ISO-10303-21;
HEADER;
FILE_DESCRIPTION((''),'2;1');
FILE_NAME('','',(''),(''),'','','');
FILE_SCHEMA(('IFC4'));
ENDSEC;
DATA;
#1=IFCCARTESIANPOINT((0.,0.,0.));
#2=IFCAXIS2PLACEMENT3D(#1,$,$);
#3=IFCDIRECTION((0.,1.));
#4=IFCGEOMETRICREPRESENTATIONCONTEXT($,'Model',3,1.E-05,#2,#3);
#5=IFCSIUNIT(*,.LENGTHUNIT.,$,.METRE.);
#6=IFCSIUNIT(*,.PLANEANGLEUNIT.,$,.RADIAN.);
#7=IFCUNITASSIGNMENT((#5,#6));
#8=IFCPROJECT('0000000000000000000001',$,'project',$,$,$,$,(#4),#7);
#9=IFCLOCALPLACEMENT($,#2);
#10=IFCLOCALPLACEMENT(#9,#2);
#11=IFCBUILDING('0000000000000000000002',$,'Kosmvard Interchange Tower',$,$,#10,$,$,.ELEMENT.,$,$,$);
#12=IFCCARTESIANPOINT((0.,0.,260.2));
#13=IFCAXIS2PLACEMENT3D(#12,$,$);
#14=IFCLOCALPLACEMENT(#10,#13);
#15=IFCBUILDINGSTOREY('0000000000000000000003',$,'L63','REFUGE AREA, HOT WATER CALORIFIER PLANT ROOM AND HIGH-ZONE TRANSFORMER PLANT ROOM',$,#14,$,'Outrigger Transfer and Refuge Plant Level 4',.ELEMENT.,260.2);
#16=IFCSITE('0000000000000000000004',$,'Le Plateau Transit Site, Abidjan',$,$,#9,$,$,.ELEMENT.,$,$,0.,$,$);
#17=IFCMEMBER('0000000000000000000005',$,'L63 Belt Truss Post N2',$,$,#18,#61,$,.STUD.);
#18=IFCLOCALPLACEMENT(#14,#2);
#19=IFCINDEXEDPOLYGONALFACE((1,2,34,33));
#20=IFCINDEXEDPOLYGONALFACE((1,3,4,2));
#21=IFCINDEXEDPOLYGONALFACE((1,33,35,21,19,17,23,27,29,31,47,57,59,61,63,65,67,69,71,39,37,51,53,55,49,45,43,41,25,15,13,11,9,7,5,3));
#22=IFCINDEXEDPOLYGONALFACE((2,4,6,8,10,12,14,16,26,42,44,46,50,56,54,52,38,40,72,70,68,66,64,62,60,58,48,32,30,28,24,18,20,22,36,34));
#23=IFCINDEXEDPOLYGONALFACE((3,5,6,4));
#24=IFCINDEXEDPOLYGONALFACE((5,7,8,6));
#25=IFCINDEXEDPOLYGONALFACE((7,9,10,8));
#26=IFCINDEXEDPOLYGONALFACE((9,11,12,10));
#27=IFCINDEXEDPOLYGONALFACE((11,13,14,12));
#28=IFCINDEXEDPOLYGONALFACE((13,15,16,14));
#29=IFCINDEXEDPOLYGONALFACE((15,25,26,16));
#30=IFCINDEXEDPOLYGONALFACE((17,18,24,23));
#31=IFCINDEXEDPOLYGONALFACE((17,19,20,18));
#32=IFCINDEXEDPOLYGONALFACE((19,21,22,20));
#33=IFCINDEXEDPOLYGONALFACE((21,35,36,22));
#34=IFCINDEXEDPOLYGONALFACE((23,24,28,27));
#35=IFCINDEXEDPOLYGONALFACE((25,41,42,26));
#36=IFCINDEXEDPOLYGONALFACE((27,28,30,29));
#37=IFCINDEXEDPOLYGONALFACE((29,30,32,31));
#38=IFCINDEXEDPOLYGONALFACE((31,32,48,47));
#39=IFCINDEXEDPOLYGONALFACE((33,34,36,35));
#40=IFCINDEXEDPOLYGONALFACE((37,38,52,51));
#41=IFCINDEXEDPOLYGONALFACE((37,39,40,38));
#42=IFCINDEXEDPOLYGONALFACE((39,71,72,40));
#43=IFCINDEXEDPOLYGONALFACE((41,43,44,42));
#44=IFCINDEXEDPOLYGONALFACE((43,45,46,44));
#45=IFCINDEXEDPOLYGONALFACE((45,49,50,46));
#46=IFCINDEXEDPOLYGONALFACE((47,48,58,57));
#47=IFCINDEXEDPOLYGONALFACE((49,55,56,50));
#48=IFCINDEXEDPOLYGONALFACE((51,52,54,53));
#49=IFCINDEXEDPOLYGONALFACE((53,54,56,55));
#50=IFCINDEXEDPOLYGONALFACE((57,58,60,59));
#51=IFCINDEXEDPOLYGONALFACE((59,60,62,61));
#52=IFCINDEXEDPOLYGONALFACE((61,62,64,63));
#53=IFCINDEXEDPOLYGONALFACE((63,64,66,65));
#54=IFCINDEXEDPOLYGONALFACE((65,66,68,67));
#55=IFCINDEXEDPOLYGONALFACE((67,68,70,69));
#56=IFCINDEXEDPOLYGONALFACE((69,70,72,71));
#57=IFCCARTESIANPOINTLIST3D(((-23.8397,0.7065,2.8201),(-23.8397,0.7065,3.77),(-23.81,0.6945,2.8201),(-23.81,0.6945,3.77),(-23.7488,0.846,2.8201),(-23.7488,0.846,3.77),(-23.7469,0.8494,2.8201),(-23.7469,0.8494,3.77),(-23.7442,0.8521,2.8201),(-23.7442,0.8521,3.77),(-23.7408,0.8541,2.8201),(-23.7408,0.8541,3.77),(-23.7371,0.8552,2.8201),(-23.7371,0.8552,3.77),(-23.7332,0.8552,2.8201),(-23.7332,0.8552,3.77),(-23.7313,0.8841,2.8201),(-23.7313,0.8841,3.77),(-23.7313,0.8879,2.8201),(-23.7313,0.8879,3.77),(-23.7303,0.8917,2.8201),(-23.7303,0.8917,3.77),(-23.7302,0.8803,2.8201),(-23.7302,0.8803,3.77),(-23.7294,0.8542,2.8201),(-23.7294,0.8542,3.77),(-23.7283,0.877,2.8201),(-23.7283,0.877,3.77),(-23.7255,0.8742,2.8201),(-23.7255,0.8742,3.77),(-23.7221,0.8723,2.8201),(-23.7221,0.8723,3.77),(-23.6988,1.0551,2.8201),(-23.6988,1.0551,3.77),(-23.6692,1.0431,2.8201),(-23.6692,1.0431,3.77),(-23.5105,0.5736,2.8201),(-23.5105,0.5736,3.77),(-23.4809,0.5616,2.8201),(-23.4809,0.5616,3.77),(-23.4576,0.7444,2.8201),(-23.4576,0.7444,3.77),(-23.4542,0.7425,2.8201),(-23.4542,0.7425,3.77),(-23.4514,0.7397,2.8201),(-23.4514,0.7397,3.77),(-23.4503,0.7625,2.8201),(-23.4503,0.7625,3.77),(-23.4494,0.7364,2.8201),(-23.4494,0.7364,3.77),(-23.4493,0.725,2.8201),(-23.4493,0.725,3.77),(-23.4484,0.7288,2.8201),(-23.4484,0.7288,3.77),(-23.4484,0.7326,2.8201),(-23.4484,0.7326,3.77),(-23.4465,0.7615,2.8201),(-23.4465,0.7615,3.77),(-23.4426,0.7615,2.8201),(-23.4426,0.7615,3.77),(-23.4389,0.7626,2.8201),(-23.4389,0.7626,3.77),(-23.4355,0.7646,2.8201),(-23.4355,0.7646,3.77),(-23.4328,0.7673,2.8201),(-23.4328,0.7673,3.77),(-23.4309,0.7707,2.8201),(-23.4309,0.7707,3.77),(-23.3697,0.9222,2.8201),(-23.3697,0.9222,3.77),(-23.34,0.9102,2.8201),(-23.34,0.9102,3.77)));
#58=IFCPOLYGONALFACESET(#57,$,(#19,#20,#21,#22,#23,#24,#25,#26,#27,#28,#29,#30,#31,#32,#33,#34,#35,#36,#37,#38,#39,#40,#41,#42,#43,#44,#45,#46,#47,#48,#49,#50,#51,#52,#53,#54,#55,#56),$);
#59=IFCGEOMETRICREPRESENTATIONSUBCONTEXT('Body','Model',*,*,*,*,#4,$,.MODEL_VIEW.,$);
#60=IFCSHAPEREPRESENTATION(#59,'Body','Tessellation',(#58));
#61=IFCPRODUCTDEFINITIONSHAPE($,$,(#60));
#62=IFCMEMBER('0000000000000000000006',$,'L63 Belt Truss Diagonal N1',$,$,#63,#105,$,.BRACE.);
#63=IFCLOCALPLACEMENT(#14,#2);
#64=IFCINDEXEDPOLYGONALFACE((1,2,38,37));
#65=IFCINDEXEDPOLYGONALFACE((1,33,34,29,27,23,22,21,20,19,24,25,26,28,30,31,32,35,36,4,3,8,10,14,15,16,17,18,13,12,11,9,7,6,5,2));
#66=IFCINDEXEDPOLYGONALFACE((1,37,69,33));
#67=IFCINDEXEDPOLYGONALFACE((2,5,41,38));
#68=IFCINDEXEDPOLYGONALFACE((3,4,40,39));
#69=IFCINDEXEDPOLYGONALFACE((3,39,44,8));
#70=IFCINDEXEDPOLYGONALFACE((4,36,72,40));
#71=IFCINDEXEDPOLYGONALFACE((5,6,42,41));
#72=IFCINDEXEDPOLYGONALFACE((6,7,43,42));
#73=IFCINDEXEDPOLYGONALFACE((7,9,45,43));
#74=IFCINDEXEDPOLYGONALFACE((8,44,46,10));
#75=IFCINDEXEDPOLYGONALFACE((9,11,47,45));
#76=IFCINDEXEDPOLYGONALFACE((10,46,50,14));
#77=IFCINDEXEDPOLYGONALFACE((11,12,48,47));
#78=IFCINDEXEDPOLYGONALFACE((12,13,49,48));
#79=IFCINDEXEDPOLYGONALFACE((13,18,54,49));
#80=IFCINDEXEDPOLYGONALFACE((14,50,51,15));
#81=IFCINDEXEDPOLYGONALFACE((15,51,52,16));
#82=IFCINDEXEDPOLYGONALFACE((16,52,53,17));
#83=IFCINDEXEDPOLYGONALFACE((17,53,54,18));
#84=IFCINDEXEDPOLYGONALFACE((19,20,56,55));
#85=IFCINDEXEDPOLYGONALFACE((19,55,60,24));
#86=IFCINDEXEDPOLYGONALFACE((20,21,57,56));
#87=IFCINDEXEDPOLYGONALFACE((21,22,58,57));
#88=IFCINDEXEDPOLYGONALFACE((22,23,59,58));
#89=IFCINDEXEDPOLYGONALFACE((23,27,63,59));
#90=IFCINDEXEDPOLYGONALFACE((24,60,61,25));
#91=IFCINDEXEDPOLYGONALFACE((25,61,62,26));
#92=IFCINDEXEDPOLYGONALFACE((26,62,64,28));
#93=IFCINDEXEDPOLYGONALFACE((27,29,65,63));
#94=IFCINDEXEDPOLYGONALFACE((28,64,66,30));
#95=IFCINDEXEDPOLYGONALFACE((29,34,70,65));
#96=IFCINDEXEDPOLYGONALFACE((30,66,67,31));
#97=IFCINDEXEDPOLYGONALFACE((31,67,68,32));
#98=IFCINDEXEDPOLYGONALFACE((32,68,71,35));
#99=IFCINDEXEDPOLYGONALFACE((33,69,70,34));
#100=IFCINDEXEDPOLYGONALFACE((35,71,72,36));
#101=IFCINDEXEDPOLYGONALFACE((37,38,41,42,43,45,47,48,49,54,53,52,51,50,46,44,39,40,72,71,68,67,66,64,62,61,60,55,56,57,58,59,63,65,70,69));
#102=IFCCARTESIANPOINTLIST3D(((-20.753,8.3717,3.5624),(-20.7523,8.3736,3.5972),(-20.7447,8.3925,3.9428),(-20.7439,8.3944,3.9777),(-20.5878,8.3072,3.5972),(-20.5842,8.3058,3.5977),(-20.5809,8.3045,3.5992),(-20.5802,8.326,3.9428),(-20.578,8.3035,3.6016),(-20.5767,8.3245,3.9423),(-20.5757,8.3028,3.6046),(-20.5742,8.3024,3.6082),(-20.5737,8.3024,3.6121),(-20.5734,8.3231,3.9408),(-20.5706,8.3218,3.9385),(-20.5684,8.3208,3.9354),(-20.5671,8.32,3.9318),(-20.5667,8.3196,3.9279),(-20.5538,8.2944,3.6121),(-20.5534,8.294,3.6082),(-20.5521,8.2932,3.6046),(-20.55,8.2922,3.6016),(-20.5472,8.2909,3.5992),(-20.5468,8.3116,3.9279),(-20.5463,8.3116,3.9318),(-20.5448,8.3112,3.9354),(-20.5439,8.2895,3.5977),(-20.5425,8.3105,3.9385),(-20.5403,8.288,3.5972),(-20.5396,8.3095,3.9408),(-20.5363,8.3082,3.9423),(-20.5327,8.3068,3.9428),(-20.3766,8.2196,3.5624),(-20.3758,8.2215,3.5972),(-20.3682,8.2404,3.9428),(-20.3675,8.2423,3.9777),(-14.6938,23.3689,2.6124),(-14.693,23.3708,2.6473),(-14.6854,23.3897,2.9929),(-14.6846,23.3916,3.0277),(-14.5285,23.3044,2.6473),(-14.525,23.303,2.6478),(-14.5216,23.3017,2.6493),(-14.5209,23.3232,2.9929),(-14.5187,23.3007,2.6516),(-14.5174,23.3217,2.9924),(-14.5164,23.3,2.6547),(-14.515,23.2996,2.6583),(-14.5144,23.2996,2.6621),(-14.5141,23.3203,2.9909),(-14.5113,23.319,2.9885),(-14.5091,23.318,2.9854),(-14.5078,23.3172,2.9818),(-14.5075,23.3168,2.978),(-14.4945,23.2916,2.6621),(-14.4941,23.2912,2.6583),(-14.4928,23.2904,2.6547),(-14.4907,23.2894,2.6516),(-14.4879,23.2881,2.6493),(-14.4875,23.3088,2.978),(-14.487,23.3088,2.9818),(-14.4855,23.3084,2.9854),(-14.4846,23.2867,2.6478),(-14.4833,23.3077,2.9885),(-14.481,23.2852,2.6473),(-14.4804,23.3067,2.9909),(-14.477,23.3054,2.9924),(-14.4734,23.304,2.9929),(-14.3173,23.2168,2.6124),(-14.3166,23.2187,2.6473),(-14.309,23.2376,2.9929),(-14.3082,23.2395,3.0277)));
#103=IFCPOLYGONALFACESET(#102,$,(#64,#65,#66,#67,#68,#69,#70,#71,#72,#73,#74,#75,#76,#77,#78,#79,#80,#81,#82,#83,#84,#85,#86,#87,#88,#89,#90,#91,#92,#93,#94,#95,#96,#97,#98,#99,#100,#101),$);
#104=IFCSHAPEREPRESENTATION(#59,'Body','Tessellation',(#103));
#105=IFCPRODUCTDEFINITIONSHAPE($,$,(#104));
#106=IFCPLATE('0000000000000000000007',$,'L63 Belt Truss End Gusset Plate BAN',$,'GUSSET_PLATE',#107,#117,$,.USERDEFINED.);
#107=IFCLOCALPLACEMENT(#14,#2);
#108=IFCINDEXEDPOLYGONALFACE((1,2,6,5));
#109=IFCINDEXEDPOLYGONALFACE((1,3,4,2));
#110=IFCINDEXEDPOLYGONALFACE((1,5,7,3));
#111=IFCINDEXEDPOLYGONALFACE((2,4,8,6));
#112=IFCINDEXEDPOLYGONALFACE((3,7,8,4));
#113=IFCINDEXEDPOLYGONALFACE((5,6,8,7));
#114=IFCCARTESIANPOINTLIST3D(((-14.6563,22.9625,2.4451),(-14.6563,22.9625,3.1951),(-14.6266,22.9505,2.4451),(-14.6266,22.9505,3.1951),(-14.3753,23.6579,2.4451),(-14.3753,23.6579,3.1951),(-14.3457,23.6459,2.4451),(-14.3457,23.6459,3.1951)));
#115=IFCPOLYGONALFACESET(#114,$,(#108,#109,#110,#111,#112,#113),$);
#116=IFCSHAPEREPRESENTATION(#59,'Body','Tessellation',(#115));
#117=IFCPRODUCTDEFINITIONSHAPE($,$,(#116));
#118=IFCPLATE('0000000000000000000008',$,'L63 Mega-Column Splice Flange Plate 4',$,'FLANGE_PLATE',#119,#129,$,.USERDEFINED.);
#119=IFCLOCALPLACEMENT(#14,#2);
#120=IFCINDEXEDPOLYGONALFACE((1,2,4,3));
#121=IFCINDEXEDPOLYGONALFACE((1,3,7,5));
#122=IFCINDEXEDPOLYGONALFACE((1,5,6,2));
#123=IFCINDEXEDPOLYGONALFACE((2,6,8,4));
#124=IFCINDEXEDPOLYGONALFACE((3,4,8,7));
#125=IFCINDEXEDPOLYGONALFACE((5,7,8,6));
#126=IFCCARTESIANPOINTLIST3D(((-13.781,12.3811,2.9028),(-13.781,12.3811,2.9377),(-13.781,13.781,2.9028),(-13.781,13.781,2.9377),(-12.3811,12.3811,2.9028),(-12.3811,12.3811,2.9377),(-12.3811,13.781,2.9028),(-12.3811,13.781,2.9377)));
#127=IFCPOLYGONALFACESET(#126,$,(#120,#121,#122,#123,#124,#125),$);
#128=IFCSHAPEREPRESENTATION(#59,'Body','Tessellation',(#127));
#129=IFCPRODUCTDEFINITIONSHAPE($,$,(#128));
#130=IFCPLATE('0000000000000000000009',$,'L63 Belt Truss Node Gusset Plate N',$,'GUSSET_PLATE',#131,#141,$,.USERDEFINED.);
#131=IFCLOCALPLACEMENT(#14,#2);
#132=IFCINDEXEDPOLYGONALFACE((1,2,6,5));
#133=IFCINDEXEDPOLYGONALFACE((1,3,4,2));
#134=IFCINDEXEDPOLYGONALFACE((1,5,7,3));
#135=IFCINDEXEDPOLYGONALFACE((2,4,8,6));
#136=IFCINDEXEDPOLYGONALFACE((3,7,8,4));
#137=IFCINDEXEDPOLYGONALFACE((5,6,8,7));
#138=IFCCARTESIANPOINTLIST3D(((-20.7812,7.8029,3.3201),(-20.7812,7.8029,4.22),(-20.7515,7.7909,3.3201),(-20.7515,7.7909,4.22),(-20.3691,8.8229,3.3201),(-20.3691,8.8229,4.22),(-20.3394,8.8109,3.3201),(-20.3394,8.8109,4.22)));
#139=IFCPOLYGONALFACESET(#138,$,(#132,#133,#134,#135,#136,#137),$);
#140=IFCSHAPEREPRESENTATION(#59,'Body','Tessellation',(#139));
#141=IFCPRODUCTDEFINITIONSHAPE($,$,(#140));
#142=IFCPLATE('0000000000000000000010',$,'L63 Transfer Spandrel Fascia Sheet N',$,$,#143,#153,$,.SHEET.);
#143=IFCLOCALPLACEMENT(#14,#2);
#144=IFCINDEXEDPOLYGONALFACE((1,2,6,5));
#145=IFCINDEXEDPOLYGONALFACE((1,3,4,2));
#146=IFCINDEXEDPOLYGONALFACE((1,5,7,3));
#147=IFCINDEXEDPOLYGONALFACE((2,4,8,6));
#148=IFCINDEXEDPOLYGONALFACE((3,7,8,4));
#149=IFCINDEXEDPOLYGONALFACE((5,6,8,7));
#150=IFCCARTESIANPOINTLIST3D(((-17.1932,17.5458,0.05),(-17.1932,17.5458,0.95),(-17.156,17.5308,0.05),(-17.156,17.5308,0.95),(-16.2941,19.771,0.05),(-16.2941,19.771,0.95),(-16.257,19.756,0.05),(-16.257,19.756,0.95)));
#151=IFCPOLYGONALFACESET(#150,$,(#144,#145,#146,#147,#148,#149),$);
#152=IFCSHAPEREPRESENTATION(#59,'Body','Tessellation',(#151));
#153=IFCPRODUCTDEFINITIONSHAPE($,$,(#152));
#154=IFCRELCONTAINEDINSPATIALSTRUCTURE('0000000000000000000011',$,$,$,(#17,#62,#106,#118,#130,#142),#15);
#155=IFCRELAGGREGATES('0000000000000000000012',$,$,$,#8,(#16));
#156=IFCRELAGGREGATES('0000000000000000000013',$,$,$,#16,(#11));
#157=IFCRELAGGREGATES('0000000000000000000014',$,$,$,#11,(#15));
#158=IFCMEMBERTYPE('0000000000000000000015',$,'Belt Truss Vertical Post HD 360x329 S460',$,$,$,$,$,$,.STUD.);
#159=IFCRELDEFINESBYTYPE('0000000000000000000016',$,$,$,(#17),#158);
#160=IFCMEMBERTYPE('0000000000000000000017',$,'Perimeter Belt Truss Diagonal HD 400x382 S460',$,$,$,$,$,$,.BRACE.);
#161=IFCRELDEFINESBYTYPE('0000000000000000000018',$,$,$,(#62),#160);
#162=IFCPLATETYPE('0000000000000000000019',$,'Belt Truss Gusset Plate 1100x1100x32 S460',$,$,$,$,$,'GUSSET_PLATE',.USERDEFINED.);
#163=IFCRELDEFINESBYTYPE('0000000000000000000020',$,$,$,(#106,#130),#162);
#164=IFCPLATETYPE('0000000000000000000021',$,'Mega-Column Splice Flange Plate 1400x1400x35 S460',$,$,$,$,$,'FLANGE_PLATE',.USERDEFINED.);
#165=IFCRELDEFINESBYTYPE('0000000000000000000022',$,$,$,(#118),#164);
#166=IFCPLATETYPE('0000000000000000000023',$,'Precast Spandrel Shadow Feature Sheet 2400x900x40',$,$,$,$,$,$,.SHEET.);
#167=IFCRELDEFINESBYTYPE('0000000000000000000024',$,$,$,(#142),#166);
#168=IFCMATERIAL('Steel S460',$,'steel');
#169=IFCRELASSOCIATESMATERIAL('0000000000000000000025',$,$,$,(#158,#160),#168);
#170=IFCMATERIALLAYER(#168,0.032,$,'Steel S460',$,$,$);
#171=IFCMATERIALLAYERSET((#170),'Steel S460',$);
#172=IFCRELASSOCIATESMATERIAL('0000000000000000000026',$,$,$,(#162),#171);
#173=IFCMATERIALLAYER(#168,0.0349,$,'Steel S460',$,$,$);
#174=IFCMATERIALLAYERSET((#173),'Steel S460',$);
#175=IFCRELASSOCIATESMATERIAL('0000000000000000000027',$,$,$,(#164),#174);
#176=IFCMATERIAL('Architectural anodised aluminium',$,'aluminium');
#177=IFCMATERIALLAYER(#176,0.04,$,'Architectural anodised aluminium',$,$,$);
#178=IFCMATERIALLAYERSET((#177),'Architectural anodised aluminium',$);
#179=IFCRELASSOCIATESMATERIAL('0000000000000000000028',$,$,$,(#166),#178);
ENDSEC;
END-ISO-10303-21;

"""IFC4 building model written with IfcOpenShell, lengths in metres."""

from ifc_helpers import new_model, si_unit, direction, frame, origin, origin_2d, place, context, subcontext, project, spatial, rectangle, i_section, extrude, source, transform, mapped, material, layer, layer_set, material_profile, profile_set, type_object, element, save


model = new_model("IFC4")

# Units and contexts
model_context = context("Model", 3, precision=1e-05, world=origin(), true_north=direction((0.0, 1.0)))
body_context = subcontext(model_context, "Body", "Model", "MODEL_VIEW")
ifc_project = project(units=[si_unit("LENGTHUNIT", "METRE"), si_unit("PLANEANGLEUNIT", "RADIAN")], contexts=[model_context])

# Site, building, storey
site_placement = place(None, origin())
site = spatial("IfcSite", under=ifc_project, at=site_placement, Name="Le Plateau Transit Site, Abidjan", CompositionType="ELEMENT", RefElevation=0.0)
building_placement = place(site_placement, origin())
building = spatial("IfcBuilding", under=site, at=building_placement, Name="Kosmvard Interchange Tower", CompositionType="ELEMENT")
storey_placement = place(building_placement, frame((0.0, 0.0, 260.2)))
storey = spatial("IfcBuildingStorey", under=building, at=storey_placement, Name="L63", Description="REFUGE AREA, HOT WATER CALORIFIER PLANT ROOM AND HIGH-ZONE TRANSFORMER PLANT ROOM", LongName="Outrigger Transfer and Refuge Plant Level 4", CompositionType="ELEMENT", Elevation=260.2)

# Members
ifc_material_1 = material(Name="Steel S460", Category="steel")
ifc_material_profile_1 = material_profile(ifc_material_1, i_section(OverallWidth=0.376, OverallDepth=0.387, WebThickness=0.0195, FlangeThickness=0.032, FilletRadius=0.0149, at=origin_2d()), Name="HD 360x329")
ifc_profile_set_1 = profile_set([ifc_material_profile_1], Name="Steel S460")
member_type_1 = type_object("IfcMemberType", Name="Belt Truss Vertical Post HD 360x329 S460", PredefinedType="STUD", material=ifc_profile_set_1)
shared_shape_1 = source(origin(), body_context, "Body", "SweptSolid", [
    extrude(i_section(OverallWidth=0.376, OverallDepth=0.387, WebThickness=0.0195, FlangeThickness=0.032, FilletRadius=0.0149, at=origin_2d()), origin(), (0.0, 0.0, 1.0), 0.95),
])
for number, where, z_axis, x_axis, name in (
    (1, (-23.5898, 0.8083, 2.8201), (0.0, 0.0, 1.0), (0.374607, 0.927184, 0.0), "L63 Belt Truss Post N2"),
):
    element("IfcMember", number, at=place(storey_placement, frame(where, z_axis=z_axis, x_axis=x_axis)), inside=storey, type_object=member_type_1, Name=name, PredefinedType="STUD", context=body_context, shape_type="MappedRepresentation", body=[
        mapped(shared_shape_1, transform((0.0, 0.0, 0.0), scale=1.0)),
    ])
ifc_material_profile_2 = material_profile(ifc_material_1, i_section(OverallWidth=0.406, OverallDepth=0.416, WebThickness=0.0215, FlangeThickness=0.0349, FilletRadius=0.0149, at=origin_2d()), Name="HD 400x382")
ifc_profile_set_2 = profile_set([ifc_material_profile_2], Name="Steel S460")
member_type_2 = type_object("IfcMemberType", Name="Perimeter Belt Truss Diagonal HD 400x382 S460", PredefinedType="BRACE", material=ifc_profile_set_2)
shared_shape_2 = source(origin(), body_context, "Body", "SweptSolid", [
    extrude(i_section(OverallWidth=0.406, OverallDepth=0.416, WebThickness=0.0215, FlangeThickness=0.0349, FilletRadius=0.0149, at=origin_2d()), origin(), (0.0, 0.0, 1.0), 16.2029),
])
member_placement = place(storey_placement, frame((-14.501, 23.3042, 2.8201), z_axis=(-0.373963, -0.925589, 0.058628), x_axis=(0.927183, -0.374608, 0.0)))
element("IfcMember", 2, at=member_placement, inside=storey, type_object=member_type_2, Name="L63 Belt Truss Diagonal N1", PredefinedType="BRACE", context=body_context, shape_type="MappedRepresentation", body=[
    mapped(shared_shape_2, transform((0.0, 0.0, 0.0), scale=1.0)),
])

# Plates
ifc_layer_1 = layer(ifc_material_1, 0.032, Name="Steel S460")
ifc_layer_set_1 = layer_set([ifc_layer_1], Name="Steel S460")
plate_type_1 = type_object("IfcPlateType", Name="Belt Truss Gusset Plate 1100x1100x32 S460", ElementType="GUSSET_PLATE", PredefinedType="USERDEFINED", material=ifc_layer_set_1)
shared_shape_3 = source(origin(), body_context, "Body", "SweptSolid", [
    extrude(rectangle(XDim=0.75, YDim=0.032, at=origin_2d()), origin(), (0.0, 0.0, 1.0), 0.75),
])
plate_1_placement = place(storey_placement, frame((-14.501, 23.3042, 2.4451), z_axis=(0.0, 0.0, 1.0), x_axis=(0.374607, 0.927184, 0.0)))
element("IfcPlate", 3, at=plate_1_placement, inside=storey, type_object=plate_type_1, Name="L63 Belt Truss End Gusset Plate BAN", ObjectType="GUSSET_PLATE", PredefinedType="USERDEFINED", context=body_context, shape_type="MappedRepresentation", body=[
    mapped(shared_shape_3, transform((0.0, 0.0, 0.0), scale=1.0)),
])
ifc_layer_2 = layer(ifc_material_1, 0.0349, Name="Steel S460")
ifc_layer_set_2 = layer_set([ifc_layer_2], Name="Steel S460")
plate_type_2 = type_object("IfcPlateType", Name="Mega-Column Splice Flange Plate 1400x1400x35 S460", ElementType="FLANGE_PLATE", PredefinedType="USERDEFINED", material=ifc_layer_set_2)
shared_shape_4 = source(origin(), body_context, "Body", "SweptSolid", [
    extrude(rectangle(XDim=1.3999, YDim=1.3999, at=origin_2d()), origin(), (0.0, 0.0, 1.0), 0.0349),
])
plate_2_placement = place(storey_placement, frame((-13.0811, 13.0811, 2.9028), z_axis=(0.0, 0.0, 1.0), x_axis=(1.0, 0.0, 0.0)))
element("IfcPlate", 4, at=plate_2_placement, inside=storey, type_object=plate_type_2, Name="L63 Mega-Column Splice Flange Plate 4", ObjectType="FLANGE_PLATE", PredefinedType="USERDEFINED", context=body_context, shape_type="MappedRepresentation", body=[
    mapped(shared_shape_4, transform((0.0, 0.0, 0.0), scale=1.0)),
])
shared_shape_5 = source(origin(), body_context, "Body", "SweptSolid", [
    extrude(rectangle(XDim=1.1001, YDim=0.032, at=origin_2d()), origin(), (0.0, 0.0, 1.0), 0.8999),
])
plate_3_placement = place(storey_placement, frame((-20.5603, 8.3069, 3.3201), z_axis=(0.0, 0.0, 1.0), x_axis=(0.374607, 0.927184, 0.0)))
element("IfcPlate", 5, at=plate_3_placement, inside=storey, type_object=plate_type_1, Name="L63 Belt Truss Node Gusset Plate N", ObjectType="GUSSET_PLATE", PredefinedType="USERDEFINED", context=body_context, shape_type="MappedRepresentation", body=[
    mapped(shared_shape_5, transform((0.0, 0.0, 0.0), scale=1.0)),
])
ifc_material_2 = material(Name="Architectural anodised aluminium", Category="aluminium")
ifc_layer_3 = layer(ifc_material_2, 0.04, Name="Architectural anodised aluminium")
ifc_layer_set_3 = layer_set([ifc_layer_3], Name="Architectural anodised aluminium")
plate_type_3 = type_object("IfcPlateType", Name="Precast Spandrel Shadow Feature Sheet 2400x900x40", PredefinedType="SHEET", material=ifc_layer_set_3)
shared_shape_6 = source(origin(), body_context, "Body", "SweptSolid", [
    extrude(rectangle(XDim=0.04, YDim=2.3999, at=origin_2d()), origin(), (0.0, 0.0, 1.0), 0.8999),
])
plate_4_placement = place(storey_placement, frame((-16.7251, 18.6509, 0.05), z_axis=(0.0, 0.0, 1.0), x_axis=(-0.927184, 0.374607, 0.0)))
element("IfcPlate", 6, at=plate_4_placement, inside=storey, type_object=plate_type_3, Name="L63 Transfer Spandrel Fascia Sheet N", PredefinedType="SHEET", context=body_context, shape_type="MappedRepresentation", body=[
    mapped(shared_shape_6, transform((0.0, 0.0, 0.0), scale=1.0)),
])

save(model, "model.ifc")
